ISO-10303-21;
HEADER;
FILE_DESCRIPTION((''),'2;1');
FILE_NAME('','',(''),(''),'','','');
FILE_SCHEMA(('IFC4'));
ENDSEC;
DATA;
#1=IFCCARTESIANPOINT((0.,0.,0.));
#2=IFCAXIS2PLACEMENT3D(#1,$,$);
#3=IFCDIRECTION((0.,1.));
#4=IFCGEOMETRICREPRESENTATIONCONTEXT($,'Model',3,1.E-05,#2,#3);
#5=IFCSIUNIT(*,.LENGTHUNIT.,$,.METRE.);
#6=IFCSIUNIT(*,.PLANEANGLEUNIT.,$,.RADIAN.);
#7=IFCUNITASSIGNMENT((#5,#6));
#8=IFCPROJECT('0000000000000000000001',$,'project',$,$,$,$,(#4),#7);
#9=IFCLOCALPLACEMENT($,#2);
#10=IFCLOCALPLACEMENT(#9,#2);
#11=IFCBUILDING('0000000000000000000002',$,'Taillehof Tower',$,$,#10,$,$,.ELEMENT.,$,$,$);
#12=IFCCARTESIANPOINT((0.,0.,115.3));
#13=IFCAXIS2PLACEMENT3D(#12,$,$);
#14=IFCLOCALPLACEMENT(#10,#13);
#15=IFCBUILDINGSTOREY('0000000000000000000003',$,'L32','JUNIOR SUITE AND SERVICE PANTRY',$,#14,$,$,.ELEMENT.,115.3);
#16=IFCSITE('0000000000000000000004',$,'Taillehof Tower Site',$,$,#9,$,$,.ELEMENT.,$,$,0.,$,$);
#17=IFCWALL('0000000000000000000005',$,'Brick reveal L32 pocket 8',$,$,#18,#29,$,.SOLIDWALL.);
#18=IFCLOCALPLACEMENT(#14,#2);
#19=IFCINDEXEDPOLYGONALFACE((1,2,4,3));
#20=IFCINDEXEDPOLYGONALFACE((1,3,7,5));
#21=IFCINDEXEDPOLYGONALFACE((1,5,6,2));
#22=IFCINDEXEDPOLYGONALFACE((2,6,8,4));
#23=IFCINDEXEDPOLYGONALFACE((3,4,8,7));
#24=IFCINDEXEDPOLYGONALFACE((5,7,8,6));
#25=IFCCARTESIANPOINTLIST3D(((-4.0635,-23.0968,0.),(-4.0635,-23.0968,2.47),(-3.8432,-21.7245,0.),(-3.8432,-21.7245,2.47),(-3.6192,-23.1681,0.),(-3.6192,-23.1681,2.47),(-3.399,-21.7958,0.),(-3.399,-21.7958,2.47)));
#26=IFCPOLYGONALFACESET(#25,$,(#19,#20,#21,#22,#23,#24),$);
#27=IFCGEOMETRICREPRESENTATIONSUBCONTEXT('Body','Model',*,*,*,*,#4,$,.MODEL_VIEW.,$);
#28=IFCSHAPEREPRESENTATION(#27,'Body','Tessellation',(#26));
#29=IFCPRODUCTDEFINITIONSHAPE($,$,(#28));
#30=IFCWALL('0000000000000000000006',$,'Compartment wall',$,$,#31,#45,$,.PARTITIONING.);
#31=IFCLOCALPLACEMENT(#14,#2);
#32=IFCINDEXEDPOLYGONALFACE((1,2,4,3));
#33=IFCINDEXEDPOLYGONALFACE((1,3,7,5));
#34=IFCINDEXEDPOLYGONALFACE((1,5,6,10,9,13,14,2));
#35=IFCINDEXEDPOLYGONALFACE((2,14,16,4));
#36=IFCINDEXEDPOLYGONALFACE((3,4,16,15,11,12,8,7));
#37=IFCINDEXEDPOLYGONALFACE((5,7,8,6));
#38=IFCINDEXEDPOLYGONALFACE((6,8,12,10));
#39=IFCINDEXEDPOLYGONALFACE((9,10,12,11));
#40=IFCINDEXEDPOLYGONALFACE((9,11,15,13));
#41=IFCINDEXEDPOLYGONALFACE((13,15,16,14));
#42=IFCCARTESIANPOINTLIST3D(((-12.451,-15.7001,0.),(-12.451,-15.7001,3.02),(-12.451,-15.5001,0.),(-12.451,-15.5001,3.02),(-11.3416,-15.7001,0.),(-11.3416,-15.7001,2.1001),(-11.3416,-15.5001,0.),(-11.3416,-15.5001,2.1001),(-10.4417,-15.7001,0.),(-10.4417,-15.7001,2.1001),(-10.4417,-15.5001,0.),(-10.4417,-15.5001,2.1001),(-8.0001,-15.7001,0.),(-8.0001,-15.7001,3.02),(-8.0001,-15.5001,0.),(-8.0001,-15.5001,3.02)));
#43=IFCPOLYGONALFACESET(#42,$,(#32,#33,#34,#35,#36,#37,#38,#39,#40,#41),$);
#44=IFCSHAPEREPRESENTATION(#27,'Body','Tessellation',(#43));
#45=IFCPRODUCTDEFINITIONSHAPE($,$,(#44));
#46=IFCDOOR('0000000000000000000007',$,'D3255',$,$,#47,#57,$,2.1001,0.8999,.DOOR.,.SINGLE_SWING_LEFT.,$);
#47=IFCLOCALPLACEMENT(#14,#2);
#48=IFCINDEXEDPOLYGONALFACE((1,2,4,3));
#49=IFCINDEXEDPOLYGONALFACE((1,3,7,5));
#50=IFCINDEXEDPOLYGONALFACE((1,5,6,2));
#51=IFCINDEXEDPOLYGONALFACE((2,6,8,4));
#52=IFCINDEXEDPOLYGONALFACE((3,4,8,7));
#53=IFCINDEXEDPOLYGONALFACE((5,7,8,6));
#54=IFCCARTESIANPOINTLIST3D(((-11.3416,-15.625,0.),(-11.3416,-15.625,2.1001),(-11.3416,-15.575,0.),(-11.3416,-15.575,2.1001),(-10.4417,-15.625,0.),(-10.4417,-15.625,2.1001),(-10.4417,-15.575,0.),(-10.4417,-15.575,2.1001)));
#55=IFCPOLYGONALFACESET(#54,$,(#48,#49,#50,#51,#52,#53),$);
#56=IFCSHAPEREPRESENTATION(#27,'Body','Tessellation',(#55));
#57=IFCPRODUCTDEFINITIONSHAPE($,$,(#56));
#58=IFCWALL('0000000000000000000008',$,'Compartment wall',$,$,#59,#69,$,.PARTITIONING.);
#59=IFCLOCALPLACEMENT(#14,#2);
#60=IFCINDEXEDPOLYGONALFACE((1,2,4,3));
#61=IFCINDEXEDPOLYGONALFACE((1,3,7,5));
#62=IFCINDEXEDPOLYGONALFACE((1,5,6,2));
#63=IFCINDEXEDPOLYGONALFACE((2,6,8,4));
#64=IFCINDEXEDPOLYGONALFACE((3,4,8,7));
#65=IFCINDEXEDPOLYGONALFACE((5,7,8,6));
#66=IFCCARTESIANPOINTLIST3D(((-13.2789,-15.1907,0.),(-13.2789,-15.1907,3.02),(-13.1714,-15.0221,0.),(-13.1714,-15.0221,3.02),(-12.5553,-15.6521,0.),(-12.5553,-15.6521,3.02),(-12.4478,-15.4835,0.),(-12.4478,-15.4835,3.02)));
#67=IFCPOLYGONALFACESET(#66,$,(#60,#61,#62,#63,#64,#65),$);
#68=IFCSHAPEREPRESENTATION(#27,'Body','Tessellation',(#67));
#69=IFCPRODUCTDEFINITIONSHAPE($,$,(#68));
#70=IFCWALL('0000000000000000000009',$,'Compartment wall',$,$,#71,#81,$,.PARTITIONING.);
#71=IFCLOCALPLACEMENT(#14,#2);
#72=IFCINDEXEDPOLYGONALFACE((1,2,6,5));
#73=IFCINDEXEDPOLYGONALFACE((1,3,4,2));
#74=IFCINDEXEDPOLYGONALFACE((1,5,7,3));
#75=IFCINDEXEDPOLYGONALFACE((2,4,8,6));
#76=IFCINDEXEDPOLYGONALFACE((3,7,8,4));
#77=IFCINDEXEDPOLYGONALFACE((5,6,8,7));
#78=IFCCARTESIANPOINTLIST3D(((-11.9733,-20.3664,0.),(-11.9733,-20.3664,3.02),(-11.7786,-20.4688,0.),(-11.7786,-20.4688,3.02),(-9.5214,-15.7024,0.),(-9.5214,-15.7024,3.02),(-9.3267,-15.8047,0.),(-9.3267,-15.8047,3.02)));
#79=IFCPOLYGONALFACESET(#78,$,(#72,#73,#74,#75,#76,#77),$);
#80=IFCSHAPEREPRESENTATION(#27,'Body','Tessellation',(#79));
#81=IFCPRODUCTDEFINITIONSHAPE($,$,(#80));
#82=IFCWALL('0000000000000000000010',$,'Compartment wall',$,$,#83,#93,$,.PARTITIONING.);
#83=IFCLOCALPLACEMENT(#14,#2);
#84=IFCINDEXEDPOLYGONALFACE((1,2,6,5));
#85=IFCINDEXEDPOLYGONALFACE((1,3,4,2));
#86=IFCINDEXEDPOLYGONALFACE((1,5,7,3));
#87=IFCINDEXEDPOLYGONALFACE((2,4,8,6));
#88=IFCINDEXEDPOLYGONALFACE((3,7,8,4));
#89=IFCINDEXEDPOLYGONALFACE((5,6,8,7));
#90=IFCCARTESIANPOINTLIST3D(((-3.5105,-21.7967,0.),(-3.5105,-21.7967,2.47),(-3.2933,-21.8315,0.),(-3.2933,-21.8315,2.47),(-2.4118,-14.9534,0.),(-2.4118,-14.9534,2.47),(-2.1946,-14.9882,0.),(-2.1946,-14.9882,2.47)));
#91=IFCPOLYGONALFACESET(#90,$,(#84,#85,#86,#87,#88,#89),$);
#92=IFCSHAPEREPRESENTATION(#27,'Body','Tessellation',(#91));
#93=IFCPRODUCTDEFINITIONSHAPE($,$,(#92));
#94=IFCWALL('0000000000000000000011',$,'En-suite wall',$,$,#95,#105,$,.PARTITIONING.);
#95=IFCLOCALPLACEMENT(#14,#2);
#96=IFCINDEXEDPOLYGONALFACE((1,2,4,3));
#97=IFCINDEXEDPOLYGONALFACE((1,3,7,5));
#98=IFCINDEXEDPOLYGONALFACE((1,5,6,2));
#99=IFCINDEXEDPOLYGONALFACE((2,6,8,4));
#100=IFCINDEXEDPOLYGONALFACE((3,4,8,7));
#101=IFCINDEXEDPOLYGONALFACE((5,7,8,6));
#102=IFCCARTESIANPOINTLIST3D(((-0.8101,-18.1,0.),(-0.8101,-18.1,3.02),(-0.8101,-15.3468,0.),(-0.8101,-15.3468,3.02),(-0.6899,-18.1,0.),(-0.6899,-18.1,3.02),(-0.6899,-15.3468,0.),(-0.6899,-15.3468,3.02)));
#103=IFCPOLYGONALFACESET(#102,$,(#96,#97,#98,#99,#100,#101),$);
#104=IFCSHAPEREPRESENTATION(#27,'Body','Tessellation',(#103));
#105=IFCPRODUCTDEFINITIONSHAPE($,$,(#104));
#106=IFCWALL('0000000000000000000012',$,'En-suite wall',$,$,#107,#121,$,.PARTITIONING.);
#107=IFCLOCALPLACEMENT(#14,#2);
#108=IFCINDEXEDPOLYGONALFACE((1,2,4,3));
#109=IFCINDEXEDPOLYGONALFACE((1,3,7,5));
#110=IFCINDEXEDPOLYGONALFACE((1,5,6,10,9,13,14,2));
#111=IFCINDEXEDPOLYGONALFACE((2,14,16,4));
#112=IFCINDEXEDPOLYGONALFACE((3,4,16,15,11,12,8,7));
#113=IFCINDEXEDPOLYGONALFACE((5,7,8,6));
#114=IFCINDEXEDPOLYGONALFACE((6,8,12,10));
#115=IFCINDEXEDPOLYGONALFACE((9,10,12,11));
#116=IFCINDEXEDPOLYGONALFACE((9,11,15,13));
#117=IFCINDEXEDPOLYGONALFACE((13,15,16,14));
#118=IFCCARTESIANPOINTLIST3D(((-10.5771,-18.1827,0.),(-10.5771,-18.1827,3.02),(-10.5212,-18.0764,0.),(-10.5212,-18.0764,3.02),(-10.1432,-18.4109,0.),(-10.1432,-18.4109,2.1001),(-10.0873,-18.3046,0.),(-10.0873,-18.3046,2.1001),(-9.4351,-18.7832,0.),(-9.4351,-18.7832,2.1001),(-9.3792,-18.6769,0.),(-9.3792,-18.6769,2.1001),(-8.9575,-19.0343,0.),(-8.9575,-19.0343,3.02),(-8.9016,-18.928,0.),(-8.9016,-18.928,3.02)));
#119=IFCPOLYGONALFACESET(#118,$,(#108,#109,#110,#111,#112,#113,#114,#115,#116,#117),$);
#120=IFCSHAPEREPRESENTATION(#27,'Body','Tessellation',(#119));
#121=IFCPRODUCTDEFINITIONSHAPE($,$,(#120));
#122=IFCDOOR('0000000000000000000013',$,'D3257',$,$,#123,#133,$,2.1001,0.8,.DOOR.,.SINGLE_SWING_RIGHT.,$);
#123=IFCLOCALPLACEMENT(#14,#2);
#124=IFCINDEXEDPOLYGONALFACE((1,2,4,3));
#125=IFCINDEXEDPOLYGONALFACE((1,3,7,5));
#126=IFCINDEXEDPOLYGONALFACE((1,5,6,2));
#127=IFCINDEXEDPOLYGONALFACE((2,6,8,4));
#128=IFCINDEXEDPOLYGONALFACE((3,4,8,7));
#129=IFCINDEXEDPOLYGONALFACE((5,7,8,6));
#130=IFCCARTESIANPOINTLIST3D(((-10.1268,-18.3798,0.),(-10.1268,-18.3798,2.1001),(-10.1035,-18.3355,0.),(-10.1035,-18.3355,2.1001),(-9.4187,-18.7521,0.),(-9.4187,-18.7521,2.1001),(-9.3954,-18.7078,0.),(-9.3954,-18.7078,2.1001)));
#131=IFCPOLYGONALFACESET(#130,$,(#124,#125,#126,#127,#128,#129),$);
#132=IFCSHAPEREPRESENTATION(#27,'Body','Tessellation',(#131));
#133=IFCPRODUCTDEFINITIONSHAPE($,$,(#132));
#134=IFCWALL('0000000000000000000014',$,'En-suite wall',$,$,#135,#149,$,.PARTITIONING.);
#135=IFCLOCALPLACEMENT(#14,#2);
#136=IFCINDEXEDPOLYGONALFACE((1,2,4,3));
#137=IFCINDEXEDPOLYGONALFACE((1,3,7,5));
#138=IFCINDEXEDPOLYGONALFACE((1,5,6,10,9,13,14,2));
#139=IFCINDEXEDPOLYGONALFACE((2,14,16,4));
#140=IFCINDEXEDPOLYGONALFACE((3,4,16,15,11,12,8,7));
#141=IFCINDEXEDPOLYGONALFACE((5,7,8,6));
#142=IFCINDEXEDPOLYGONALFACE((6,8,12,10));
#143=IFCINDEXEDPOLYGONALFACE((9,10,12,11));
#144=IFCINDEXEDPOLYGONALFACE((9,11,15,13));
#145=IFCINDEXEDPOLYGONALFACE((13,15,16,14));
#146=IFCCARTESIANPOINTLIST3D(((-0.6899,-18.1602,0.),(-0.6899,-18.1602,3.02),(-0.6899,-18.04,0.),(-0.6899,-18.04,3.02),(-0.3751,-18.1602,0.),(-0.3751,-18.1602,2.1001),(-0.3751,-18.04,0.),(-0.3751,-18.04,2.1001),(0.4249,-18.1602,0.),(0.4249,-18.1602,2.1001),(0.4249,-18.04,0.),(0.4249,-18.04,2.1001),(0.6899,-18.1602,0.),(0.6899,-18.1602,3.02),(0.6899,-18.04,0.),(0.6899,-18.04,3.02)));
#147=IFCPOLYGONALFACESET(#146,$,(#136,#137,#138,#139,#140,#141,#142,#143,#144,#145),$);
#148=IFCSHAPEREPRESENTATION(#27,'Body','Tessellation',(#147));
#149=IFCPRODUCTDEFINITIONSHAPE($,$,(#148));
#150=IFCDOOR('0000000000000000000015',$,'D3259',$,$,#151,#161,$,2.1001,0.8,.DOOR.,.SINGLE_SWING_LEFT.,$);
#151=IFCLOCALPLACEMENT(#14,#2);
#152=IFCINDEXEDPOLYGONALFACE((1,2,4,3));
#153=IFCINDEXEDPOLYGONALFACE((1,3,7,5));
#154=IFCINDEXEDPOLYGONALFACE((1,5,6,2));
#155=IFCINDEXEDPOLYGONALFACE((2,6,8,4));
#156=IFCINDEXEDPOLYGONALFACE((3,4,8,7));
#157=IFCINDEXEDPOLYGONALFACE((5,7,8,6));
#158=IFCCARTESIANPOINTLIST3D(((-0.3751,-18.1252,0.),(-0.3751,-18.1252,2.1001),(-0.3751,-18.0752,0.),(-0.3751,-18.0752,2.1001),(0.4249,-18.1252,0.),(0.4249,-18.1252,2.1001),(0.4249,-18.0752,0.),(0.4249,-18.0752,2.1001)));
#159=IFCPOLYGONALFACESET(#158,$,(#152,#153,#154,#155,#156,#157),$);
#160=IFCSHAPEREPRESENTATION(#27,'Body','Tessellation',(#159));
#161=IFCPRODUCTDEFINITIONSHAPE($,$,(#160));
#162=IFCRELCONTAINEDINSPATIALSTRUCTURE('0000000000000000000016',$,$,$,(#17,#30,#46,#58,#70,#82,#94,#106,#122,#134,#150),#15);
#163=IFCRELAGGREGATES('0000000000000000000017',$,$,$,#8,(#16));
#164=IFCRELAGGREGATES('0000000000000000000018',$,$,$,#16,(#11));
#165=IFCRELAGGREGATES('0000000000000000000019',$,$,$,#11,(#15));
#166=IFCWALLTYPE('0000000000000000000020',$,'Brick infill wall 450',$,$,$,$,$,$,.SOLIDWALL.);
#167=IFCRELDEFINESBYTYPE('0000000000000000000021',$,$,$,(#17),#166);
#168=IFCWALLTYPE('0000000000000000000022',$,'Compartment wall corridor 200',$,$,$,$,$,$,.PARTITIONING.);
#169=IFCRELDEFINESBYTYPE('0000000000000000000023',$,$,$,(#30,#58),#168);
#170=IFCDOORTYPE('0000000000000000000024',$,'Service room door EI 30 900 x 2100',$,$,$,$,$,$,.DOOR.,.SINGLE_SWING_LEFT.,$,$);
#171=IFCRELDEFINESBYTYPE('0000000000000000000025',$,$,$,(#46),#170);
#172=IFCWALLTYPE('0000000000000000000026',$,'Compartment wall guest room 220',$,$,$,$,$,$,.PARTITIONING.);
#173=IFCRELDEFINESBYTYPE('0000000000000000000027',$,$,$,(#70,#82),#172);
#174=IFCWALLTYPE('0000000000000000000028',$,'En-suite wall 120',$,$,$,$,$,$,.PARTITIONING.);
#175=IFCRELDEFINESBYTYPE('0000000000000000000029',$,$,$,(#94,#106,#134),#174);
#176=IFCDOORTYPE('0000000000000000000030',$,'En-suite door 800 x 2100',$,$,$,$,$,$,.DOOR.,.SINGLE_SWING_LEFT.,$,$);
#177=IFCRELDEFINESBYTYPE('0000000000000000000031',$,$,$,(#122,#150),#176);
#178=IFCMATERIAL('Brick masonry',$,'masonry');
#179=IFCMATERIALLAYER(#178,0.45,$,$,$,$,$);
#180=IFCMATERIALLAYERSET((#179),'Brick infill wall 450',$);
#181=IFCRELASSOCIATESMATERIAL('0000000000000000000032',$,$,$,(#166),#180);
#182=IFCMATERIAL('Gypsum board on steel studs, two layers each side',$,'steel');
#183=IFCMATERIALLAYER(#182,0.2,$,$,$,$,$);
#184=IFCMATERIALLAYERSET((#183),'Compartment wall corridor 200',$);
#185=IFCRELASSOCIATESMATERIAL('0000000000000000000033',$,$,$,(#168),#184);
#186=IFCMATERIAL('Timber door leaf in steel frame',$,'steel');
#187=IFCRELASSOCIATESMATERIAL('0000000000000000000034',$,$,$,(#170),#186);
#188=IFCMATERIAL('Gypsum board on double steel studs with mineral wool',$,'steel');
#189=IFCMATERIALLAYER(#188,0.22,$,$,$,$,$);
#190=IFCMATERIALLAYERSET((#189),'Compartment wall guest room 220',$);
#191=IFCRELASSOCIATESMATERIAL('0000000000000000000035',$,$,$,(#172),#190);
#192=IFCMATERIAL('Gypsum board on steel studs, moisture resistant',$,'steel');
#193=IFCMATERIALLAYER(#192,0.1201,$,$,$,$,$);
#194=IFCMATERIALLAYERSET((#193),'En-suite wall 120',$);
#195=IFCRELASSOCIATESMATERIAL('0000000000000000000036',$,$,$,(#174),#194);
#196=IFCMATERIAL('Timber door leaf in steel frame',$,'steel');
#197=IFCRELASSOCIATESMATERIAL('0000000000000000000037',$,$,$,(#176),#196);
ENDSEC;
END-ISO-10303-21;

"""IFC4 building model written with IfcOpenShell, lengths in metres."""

from ifc_helpers import new_model, si_unit, direction, frame, frame_2d, origin, place, context, subcontext, project, spatial, rectangle, extrude, material, layer, layer_set, type_object, element, fill, save


model = new_model("IFC4")

# Units and contexts
model_context = context("Model", 3, precision=1e-05, world=origin(), true_north=direction((0.0, 1.0)))
body_context = subcontext(model_context, "Body", "Model", "MODEL_VIEW")
ifc_project = project(units=[si_unit("LENGTHUNIT", "METRE"), si_unit("PLANEANGLEUNIT", "RADIAN")], contexts=[model_context])

# Site, building, storey
site_placement = place(None, origin())
site = spatial("IfcSite", under=ifc_project, at=site_placement, Name="Taillehof Tower Site", CompositionType="ELEMENT", RefElevation=0.0)
building_placement = place(site_placement, origin())
building = spatial("IfcBuilding", under=site, at=building_placement, Name="Taillehof Tower", CompositionType="ELEMENT")
storey_placement = place(building_placement, frame((0.0, 0.0, 115.3)))
storey = spatial("IfcBuildingStorey", under=building, at=storey_placement, Name="L32", Description="JUNIOR SUITE AND SERVICE PANTRY", CompositionType="ELEMENT", Elevation=115.3)

# Shared definitions
ifc_material_1 = material(Name="Brick masonry", Category="masonry")
ifc_layer_1 = layer(ifc_material_1, 0.45)
ifc_layer_set_1 = layer_set([ifc_layer_1], Name="Brick infill wall 450")
wall_type_1 = type_object("IfcWallType", Name="Brick infill wall 450", PredefinedType="SOLIDWALL", material=ifc_layer_set_1)

# Wall
wall_1_placement = place(storey_placement, frame((-3.8413, -23.1323, 0.0), z_axis=(0.0, 0.0, 1.0), x_axis=(0.158443, 0.987368, 0.0)))
element("IfcWall", 1, at=wall_1_placement, inside=storey, type_object=wall_type_1, Name="Brick reveal L32 pocket 8", PredefinedType="SOLIDWALL", context=body_context, shape_type="SweptSolid", body=[
    extrude(rectangle(XDim=1.3899, YDim=0.45, at=frame_2d((0.6948, 0.0))), origin(), (0.0, 0.0, 1.0), 2.47),
])

# Wall, opening, door
ifc_material_2 = material(Name="Gypsum board on steel studs, two layers each side", Category="steel")
ifc_layer_2 = layer(ifc_material_2, 0.2)
ifc_layer_set_2 = layer_set([ifc_layer_2], Name="Compartment wall corridor 200")
wall_type_2 = type_object("IfcWallType", Name="Compartment wall corridor 200", PredefinedType="PARTITIONING", material=ifc_layer_set_2)
wall_2_placement = place(storey_placement, frame((-8.0, -15.6001, 0.0), z_axis=(0.0, 0.0, 1.0), x_axis=(-1.0, 0.0, 0.0)))
wall_2 = element("IfcWall", 2, at=wall_2_placement, inside=storey, type_object=wall_type_2, Name="Compartment wall", PredefinedType="PARTITIONING", context=body_context, shape_type="SweptSolid", body=[
    extrude(rectangle(XDim=4.4509, YDim=0.2, at=frame_2d((2.2256, 0.0))), origin(), (0.0, 0.0, 1.0), 3.02),
])
opening_1_placement = place(wall_2_placement, frame((2.4417, 0.0, 0.0)))
opening_1 = element("IfcOpeningElement", 3, at=opening_1_placement, cuts=wall_2, PredefinedType="OPENING", context=body_context, shape_type="SweptSolid", body=[
    extrude(rectangle(XDim=0.8999, YDim=2.1001, at=frame_2d((0.45, 1.05))), frame((0.0, 0.1099, 0.0), z_axis=(0.0, -1.0, 0.0), x_axis=(1.0, 0.0, 0.0)), (0.0, 0.0, 1.0), 0.22),
])
ifc_material_3 = material(Name="Timber door leaf in steel frame", Category="steel")
door_type_1 = type_object("IfcDoorType", Name="Service room door EI 30 900 x 2100", OperationType="SINGLE_SWING_LEFT", PredefinedType="DOOR", material=ifc_material_3)
door_1_placement = place(opening_1_placement, origin())
door_1 = element("IfcDoor", 4, at=door_1_placement, inside=storey, type_object=door_type_1, Name="D3255", OperationType="SINGLE_SWING_LEFT", OverallHeight=2.1001, OverallWidth=0.8999, PredefinedType="DOOR", context=body_context, shape_type="SweptSolid", body=[
    extrude(rectangle(XDim=0.8999, YDim=2.1001, at=frame_2d((0.45, 1.05))), frame((0.0, 0.0249, 0.0), z_axis=(0.0, -1.0, 0.0), x_axis=(1.0, 0.0, 0.0)), (0.0, 0.0, 1.0), 0.05),
])
fill(opening_1, door_1)

# Walls
wall_3_placement = place(storey_placement, frame((-12.5015, -15.5679, 0.0), z_axis=(0.0, 0.0, 1.0), x_axis=(-0.843169, 0.537648, 0.0)))
element("IfcWall", 5, at=wall_3_placement, inside=storey, type_object=wall_type_2, Name="Compartment wall", PredefinedType="PARTITIONING", context=body_context, shape_type="SweptSolid", body=[
    extrude(rectangle(XDim=0.8582, YDim=0.2, at=frame_2d((0.4292, 0.0))), origin(), (0.0, 0.0, 1.0), 3.02),
])
ifc_material_4 = material(Name="Gypsum board on double steel studs with mineral wool", Category="steel")
ifc_layer_3 = layer(ifc_material_4, 0.22)
ifc_layer_set_3 = layer_set([ifc_layer_3], Name="Compartment wall guest room 220")
wall_type_3 = type_object("IfcWallType", Name="Compartment wall guest room 220", PredefinedType="PARTITIONING", material=ifc_layer_set_3)
wall_4_placement = place(storey_placement, frame((-11.876, -20.4177, 0.0), z_axis=(0.0, 0.0, 1.0), x_axis=(0.465321, 0.885142, 0.0)))
element("IfcWall", 6, at=wall_4_placement, inside=storey, type_object=wall_type_3, Name="Compartment wall", PredefinedType="PARTITIONING", context=body_context, shape_type="SweptSolid", body=[
    extrude(rectangle(XDim=5.2693, YDim=0.22, at=frame_2d((2.6348, 0.0))), origin(), (0.0, 0.0, 1.0), 3.02),
])
wall_5_placement = place(storey_placement, frame((-3.4019, -21.814, 0.0), z_axis=(0.0, 0.0, 1.0), x_axis=(0.158513, 0.987357, 0.0)))
element("IfcWall", 7, at=wall_5_placement, inside=storey, type_object=wall_type_3, Name="Compartment wall", PredefinedType="PARTITIONING", context=body_context, shape_type="SweptSolid", body=[
    extrude(rectangle(XDim=6.9309, YDim=0.22, at=frame_2d((3.4653, 0.0))), origin(), (0.0, 0.0, 1.0), 2.47),
])
ifc_material_5 = material(Name="Gypsum board on steel studs, moisture resistant", Category="steel")
ifc_layer_4 = layer(ifc_material_5, 0.1201)
ifc_layer_set_4 = layer_set([ifc_layer_4], Name="En-suite wall 120")
wall_type_4 = type_object("IfcWallType", Name="En-suite wall 120", PredefinedType="PARTITIONING", material=ifc_layer_set_4)
wall_6_placement = place(storey_placement, frame((-0.75, -15.3469, 0.0), z_axis=(0.0, 0.0, 1.0), x_axis=(0.0, -1.0, 0.0)))
element("IfcWall", 8, at=wall_6_placement, inside=storey, type_object=wall_type_4, Name="En-suite wall", PredefinedType="PARTITIONING", context=body_context, shape_type="SweptSolid", body=[
    extrude(rectangle(XDim=2.7532, YDim=0.1201, at=frame_2d((1.3765, 0.0))), origin(), (0.0, 0.0, 1.0), 3.02),
])

# Walls, openings, doors
wall_7_placement = place(storey_placement, frame((-8.9294, -18.9812, 0.0), z_axis=(0.0, 0.0, 1.0), x_axis=(-0.885115, 0.465372, 0.0)))
wall_7 = element("IfcWall", 9, at=wall_7_placement, inside=storey, type_object=wall_type_4, Name="En-suite wall", PredefinedType="PARTITIONING", context=body_context, shape_type="SweptSolid", body=[
    extrude(rectangle(XDim=1.8298, YDim=0.1201, at=frame_2d((0.915, 0.0))), origin(), (0.0, 0.0, 1.0), 3.02),
])
opening_2_placement = place(wall_7_placement, frame((0.5398, 0.0, 0.0)))
opening_2 = element("IfcOpeningElement", 10, at=opening_2_placement, cuts=wall_7, PredefinedType="OPENING", context=body_context, shape_type="SweptSolid", body=[
    extrude(rectangle(XDim=0.8, YDim=2.1001, at=frame_2d((0.3999, 1.05))), frame((0.0, 0.0701, 0.0), z_axis=(0.0, -1.0, 0.0), x_axis=(1.0, 0.0, 0.0)), (0.0, 0.0, 1.0), 0.1401),
])
ifc_material_6 = material(Name="Timber door leaf in steel frame", Category="steel")
door_type_2 = type_object("IfcDoorType", Name="En-suite door 800 x 2100", OperationType="SINGLE_SWING_LEFT", PredefinedType="DOOR", material=ifc_material_6)
door_2_placement = place(opening_2_placement, origin())
door_2 = element("IfcDoor", 11, at=door_2_placement, inside=storey, type_object=door_type_2, Name="D3257", OperationType="SINGLE_SWING_RIGHT", OverallHeight=2.1001, OverallWidth=0.8, PredefinedType="DOOR", context=body_context, shape_type="SweptSolid", body=[
    extrude(rectangle(XDim=0.8, YDim=2.1001, at=frame_2d((0.3999, 1.05))), frame((0.0, 0.0249, 0.0), z_axis=(0.0, -1.0, 0.0), x_axis=(1.0, 0.0, 0.0)), (0.0, 0.0, 1.0), 0.05),
])
fill(opening_2, door_2)
wall_8_placement = place(storey_placement, frame((-0.6899, -18.1001, 0.0), z_axis=(0.0, 0.0, 1.0), x_axis=(1.0, 0.0, 0.0)))
wall_8 = element("IfcWall", 12, at=wall_8_placement, inside=storey, type_object=wall_type_4, Name="En-suite wall", PredefinedType="PARTITIONING", context=body_context, shape_type="SweptSolid", body=[
    extrude(rectangle(XDim=1.3799, YDim=0.1201, at=frame_2d((0.6899, 0.0))), origin(), (0.0, 0.0, 1.0), 3.02),
])
opening_3_placement = place(wall_8_placement, frame((0.3149, 0.0, 0.0)))
opening_3 = element("IfcOpeningElement", 13, at=opening_3_placement, cuts=wall_8, PredefinedType="OPENING", context=body_context, shape_type="SweptSolid", body=[
    extrude(rectangle(XDim=0.8, YDim=2.1001, at=frame_2d((0.3999, 1.05))), frame((0.0, 0.0701, 0.0), z_axis=(0.0, -1.0, 0.0), x_axis=(1.0, 0.0, 0.0)), (0.0, 0.0, 1.0), 0.1401),
])
door_3_placement = place(opening_3_placement, origin())
door_3 = element("IfcDoor", 14, at=door_3_placement, inside=storey, type_object=door_type_2, Name="D3259", OperationType="SINGLE_SWING_LEFT", OverallHeight=2.1001, OverallWidth=0.8, PredefinedType="DOOR", context=body_context, shape_type="SweptSolid", body=[
    extrude(rectangle(XDim=0.8, YDim=2.1001, at=frame_2d((0.3999, 1.05))), frame((0.0, 0.0249, 0.0), z_axis=(0.0, -1.0, 0.0), x_axis=(1.0, 0.0, 0.0)), (0.0, 0.0, 1.0), 0.05),
])
fill(opening_3, door_3)

save(model, "model.ifc")
